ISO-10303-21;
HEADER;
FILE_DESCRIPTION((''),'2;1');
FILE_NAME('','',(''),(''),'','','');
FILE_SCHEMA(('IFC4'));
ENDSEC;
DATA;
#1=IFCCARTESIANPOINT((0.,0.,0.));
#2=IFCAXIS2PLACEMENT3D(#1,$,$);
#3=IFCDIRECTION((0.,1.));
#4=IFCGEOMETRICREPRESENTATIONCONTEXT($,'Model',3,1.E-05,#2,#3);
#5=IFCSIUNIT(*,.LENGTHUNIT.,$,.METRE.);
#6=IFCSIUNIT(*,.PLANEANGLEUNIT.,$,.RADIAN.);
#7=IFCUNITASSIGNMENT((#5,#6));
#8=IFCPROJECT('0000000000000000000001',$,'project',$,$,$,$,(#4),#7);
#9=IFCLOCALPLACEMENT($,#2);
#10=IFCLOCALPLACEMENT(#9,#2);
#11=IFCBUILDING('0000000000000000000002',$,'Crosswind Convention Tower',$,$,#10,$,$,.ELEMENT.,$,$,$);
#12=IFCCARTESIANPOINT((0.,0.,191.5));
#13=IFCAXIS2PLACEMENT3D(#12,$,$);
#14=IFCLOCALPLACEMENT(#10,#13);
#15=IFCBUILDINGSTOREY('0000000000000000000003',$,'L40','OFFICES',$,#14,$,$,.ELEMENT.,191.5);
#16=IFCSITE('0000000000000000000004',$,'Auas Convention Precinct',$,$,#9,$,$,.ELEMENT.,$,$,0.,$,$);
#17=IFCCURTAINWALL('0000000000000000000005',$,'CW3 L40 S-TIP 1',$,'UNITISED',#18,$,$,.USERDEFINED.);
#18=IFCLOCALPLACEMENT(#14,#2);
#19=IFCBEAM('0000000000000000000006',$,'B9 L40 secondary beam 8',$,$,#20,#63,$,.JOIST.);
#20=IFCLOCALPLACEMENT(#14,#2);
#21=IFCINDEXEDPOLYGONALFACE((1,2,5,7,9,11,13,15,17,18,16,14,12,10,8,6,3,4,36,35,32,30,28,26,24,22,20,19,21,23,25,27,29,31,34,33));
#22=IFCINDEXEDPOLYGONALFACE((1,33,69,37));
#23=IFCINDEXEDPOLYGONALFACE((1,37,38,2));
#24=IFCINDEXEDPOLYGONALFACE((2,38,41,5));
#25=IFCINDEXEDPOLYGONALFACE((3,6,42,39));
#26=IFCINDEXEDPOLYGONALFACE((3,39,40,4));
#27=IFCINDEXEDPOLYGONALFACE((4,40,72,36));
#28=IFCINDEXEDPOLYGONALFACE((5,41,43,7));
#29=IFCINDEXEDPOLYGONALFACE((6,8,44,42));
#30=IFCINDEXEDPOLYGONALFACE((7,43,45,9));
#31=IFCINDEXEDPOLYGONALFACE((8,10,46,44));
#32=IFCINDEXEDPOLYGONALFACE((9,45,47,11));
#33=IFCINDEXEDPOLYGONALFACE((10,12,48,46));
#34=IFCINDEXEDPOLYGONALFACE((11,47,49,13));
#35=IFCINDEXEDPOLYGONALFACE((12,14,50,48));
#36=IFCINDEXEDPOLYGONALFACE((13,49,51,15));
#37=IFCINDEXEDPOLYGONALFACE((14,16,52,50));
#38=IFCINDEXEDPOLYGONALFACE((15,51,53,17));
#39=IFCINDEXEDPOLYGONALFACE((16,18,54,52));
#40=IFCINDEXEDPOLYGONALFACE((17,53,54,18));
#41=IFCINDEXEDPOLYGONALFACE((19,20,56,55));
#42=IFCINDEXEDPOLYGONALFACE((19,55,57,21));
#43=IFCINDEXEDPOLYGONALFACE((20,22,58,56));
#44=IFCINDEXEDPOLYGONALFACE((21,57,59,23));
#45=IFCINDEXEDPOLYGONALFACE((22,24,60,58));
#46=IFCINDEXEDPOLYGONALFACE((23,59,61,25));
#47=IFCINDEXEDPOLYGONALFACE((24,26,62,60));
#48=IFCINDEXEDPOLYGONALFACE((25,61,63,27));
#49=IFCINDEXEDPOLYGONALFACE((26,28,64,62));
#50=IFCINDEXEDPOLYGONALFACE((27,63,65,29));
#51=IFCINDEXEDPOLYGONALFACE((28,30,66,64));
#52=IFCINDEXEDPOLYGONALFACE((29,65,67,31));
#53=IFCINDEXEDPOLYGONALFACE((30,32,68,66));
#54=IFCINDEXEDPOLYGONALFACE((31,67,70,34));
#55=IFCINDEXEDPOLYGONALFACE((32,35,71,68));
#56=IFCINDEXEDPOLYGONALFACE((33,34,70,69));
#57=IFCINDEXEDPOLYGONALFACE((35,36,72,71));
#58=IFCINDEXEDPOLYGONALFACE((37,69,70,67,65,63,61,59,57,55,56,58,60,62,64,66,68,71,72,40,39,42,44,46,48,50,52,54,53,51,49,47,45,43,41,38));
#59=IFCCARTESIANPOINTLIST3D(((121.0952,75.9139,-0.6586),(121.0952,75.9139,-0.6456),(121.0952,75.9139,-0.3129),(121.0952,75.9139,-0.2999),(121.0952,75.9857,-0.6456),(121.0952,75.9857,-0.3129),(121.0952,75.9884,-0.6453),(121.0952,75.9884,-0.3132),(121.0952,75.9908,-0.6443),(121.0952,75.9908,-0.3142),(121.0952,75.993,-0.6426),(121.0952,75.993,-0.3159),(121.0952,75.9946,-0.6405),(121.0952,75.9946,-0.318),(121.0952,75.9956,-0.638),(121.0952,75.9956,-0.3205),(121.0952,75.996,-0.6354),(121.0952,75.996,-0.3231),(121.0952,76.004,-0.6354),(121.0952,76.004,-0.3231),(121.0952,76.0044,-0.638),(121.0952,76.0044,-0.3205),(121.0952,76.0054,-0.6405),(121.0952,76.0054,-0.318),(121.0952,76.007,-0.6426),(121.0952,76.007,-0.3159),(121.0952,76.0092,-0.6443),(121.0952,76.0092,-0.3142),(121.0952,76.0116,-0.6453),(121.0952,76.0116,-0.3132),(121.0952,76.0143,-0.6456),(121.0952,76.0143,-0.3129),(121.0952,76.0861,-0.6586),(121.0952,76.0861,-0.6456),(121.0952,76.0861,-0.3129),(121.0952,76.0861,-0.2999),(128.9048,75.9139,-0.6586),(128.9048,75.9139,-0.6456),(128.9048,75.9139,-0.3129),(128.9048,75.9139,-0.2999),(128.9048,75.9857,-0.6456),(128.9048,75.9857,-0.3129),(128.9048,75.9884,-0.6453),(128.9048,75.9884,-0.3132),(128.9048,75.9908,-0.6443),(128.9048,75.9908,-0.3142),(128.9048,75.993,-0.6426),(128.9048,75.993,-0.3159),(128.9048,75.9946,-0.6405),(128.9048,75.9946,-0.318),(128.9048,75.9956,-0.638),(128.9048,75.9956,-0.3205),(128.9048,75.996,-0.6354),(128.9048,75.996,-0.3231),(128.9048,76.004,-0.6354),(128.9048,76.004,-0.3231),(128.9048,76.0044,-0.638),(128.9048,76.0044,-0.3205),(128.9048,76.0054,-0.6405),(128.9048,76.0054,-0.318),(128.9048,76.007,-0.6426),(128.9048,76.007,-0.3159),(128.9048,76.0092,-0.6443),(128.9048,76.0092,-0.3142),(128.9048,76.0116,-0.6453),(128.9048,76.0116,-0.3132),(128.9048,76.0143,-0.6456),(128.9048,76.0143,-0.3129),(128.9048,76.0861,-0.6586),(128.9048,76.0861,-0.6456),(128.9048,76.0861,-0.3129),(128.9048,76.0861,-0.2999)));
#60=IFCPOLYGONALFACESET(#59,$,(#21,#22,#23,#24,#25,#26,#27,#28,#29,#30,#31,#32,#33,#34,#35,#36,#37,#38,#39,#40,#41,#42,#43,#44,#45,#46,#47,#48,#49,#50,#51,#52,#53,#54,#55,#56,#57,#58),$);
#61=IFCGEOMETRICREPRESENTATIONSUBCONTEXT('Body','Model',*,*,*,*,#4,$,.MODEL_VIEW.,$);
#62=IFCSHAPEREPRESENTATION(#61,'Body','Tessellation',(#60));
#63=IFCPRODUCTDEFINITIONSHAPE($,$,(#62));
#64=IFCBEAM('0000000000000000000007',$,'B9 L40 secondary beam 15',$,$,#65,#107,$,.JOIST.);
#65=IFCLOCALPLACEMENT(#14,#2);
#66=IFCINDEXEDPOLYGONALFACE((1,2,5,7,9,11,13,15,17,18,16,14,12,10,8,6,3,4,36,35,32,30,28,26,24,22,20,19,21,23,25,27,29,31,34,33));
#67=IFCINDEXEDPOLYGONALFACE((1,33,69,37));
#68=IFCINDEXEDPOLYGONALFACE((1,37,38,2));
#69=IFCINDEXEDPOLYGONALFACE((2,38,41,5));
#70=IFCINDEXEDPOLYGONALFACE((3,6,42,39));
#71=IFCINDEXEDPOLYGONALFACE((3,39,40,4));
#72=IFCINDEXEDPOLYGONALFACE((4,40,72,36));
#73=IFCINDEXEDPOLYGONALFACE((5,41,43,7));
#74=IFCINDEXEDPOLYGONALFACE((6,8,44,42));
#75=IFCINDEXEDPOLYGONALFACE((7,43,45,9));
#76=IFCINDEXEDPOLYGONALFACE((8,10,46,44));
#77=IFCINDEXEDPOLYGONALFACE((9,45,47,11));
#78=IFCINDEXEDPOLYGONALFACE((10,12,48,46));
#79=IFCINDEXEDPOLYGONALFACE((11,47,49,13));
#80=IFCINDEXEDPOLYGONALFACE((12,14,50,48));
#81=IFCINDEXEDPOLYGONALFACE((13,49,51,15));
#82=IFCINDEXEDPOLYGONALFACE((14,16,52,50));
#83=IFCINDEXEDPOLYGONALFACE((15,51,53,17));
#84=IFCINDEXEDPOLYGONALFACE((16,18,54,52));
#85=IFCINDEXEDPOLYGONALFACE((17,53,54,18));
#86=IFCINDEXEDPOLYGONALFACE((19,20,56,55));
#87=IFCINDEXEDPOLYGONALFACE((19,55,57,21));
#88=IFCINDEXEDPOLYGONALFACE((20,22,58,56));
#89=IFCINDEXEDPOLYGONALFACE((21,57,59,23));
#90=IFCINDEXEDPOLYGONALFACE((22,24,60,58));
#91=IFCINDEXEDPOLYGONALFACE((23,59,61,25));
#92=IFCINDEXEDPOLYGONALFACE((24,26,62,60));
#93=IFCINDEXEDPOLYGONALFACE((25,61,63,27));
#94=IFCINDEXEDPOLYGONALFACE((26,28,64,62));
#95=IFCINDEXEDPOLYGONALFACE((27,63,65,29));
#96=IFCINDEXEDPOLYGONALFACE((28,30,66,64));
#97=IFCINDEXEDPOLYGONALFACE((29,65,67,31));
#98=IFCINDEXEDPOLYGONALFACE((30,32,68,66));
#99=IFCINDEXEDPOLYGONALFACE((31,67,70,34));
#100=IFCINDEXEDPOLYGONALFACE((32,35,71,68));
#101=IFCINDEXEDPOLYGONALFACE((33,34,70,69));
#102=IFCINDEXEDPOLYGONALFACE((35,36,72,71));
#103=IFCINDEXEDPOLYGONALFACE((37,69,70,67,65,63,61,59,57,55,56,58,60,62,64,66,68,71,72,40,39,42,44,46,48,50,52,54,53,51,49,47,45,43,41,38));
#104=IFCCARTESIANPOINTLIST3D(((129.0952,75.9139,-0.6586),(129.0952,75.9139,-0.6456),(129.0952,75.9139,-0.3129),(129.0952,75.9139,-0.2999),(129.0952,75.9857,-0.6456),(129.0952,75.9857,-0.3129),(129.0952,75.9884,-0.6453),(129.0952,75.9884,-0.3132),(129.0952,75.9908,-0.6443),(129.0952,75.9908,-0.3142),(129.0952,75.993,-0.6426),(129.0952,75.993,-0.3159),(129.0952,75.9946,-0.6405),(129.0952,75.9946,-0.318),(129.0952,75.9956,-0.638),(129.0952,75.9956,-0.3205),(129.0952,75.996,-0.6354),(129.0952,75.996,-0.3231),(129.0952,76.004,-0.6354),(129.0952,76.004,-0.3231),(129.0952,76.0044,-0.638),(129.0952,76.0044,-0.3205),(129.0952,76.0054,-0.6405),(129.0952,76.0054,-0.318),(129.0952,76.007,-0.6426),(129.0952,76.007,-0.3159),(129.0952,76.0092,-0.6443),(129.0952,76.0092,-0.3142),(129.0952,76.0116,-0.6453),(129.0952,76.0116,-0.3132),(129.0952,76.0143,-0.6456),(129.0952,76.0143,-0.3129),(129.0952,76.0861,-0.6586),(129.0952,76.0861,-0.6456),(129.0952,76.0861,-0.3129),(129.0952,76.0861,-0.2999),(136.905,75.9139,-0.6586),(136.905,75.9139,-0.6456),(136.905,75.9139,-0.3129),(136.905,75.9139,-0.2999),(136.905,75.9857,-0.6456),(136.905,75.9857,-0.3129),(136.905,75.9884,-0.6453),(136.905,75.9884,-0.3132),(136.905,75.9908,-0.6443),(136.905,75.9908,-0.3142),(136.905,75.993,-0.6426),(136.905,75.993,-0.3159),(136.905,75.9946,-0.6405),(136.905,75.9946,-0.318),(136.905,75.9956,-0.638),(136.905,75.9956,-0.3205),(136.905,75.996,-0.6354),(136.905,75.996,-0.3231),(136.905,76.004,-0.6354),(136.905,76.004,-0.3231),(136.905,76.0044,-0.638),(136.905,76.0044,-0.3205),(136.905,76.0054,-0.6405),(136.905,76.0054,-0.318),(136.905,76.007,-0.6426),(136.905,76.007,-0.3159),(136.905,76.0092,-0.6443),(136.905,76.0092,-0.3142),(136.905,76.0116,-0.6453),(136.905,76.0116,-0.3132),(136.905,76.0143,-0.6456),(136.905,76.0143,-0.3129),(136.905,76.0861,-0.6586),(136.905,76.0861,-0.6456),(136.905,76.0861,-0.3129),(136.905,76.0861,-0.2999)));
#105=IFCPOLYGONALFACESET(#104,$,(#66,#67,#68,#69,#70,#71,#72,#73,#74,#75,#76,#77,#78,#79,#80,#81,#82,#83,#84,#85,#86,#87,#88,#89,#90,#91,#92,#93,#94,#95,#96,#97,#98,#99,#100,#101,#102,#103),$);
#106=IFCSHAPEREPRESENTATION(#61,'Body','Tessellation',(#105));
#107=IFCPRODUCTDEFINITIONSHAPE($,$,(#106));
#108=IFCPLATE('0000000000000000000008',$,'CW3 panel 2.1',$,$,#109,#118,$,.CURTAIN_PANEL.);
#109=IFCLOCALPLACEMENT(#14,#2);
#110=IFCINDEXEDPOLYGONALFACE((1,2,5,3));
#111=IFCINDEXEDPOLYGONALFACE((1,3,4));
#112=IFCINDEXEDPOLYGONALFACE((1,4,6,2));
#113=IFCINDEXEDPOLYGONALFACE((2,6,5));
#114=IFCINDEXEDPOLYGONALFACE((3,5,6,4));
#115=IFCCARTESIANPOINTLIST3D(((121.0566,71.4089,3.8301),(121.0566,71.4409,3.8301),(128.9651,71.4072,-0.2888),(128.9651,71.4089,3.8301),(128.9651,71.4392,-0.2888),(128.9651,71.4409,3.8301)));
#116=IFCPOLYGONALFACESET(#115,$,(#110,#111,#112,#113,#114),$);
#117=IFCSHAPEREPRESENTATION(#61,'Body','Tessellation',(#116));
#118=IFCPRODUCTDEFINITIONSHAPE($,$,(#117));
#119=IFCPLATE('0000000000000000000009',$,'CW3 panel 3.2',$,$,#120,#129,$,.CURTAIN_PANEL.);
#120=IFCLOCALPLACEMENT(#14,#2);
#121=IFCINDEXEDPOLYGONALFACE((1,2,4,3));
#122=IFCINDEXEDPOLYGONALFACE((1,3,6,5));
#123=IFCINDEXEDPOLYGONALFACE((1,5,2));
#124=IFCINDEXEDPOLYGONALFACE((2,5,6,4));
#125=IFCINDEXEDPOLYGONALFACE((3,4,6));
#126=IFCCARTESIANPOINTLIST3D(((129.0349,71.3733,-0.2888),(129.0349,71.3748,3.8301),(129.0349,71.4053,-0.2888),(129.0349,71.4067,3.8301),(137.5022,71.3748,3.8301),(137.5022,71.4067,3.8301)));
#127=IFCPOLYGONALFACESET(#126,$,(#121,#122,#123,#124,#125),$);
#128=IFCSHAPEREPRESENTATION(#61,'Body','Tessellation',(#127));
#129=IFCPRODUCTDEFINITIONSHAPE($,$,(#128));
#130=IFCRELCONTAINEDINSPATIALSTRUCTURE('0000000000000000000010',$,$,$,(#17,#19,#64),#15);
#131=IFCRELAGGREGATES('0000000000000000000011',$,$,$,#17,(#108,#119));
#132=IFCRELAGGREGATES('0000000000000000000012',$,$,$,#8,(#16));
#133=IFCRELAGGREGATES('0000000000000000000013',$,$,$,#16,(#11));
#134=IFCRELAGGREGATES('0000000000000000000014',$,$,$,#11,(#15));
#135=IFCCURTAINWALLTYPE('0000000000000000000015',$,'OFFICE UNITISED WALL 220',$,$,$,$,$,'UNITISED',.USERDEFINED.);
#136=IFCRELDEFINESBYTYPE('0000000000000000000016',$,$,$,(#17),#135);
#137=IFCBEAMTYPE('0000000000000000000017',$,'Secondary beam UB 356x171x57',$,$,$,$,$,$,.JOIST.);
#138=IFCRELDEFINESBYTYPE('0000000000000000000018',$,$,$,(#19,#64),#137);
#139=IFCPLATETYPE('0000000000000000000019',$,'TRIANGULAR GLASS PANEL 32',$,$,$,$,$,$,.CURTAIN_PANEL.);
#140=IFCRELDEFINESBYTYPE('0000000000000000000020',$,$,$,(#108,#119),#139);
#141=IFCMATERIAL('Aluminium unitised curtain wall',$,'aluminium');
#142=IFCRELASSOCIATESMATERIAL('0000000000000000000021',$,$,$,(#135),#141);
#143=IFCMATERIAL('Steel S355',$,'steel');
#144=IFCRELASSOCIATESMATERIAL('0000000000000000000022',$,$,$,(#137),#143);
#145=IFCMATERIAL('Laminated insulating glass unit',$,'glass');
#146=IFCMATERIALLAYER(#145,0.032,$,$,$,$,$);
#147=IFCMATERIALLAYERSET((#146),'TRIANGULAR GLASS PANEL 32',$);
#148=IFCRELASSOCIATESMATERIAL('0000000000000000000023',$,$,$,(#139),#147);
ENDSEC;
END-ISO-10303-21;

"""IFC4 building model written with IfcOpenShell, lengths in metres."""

from ifc_helpers import new_model, si_unit, direction, frame, origin, origin_2d, place, context, subcontext, project, spatial, polyline, i_section, outline, extrude, material, layer, layer_set, material_profile, profile_set, type_object, element, aggregate, save


model = new_model("IFC4")

# Units and contexts
model_context = context("Model", 3, precision=1e-05, world=origin(), true_north=direction((0.0, 1.0)))
body_context = subcontext(model_context, "Body", "Model", "MODEL_VIEW")
ifc_project = project(units=[si_unit("LENGTHUNIT", "METRE"), si_unit("PLANEANGLEUNIT", "RADIAN")], contexts=[model_context])

# Site, building, storey
site_placement = place(None, origin())
site = spatial("IfcSite", under=ifc_project, at=site_placement, Name="Auas Convention Precinct", CompositionType="ELEMENT", RefElevation=0.0)
building_placement = place(site_placement, origin())
building = spatial("IfcBuilding", under=site, at=building_placement, Name="Crosswind Convention Tower", CompositionType="ELEMENT")
storey_placement = place(building_placement, frame((0.0, 0.0, 191.5)))
storey = spatial("IfcBuildingStorey", under=building, at=storey_placement, Name="L40", Description="OFFICES", CompositionType="ELEMENT", Elevation=191.5)

# Shared definitions
ifc_material_1 = material(Name="Steel S355", Category="steel")

# Curtain wall
ifc_material_2 = material(Name="Aluminium unitised curtain wall", Category="aluminium")
curtain_wall_type = type_object("IfcCurtainWallType", Name="OFFICE UNITISED WALL 220", ElementType="UNITISED", PredefinedType="USERDEFINED", material=ifc_material_2)
curtain_wall_placement = place(storey_placement, origin())
curtain_wall = element("IfcCurtainWall", 1, at=curtain_wall_placement, inside=storey, type_object=curtain_wall_type, Name="CW3 L40 S-TIP 1", ObjectType="UNITISED", PredefinedType="USERDEFINED")

# Beams
ifc_material_profile_1 = material_profile(ifc_material_1, i_section(OverallWidth=0.1721, OverallDepth=0.3586, WebThickness=0.0081, FlangeThickness=0.0129, FilletRadius=0.0103, at=origin_2d()), Name="UB 356x171x57")
ifc_profile_set_1 = profile_set([ifc_material_profile_1], Name="Steel S355")
beam_type_1 = type_object("IfcBeamType", Name="Secondary beam UB 356x171x57", PredefinedType="JOIST", material=ifc_profile_set_1)
beam_1_placement = place(storey_placement, frame((121.0952, 76.0, -0.4792), z_axis=(1.0, 0.0, 0.0), x_axis=(0.0, 1.0, 0.0)))
element("IfcBeam", 2, at=beam_1_placement, inside=storey, type_object=beam_type_1, Name="B9 L40 secondary beam 8", PredefinedType="JOIST", context=body_context, shape_type="SweptSolid", body=[
    extrude(i_section(OverallWidth=0.1721, OverallDepth=0.3586, WebThickness=0.0081, FlangeThickness=0.0129, FilletRadius=0.0103, at=origin_2d()), origin(), (0.0, 0.0, 1.0), 7.8096),
])
beam_2_placement = place(storey_placement, frame((129.0952, 76.0, -0.4792), z_axis=(1.0, 0.0, 0.0), x_axis=(0.0, 1.0, 0.0)))
element("IfcBeam", 3, at=beam_2_placement, inside=storey, type_object=beam_type_1, Name="B9 L40 secondary beam 15", PredefinedType="JOIST", context=body_context, shape_type="SweptSolid", body=[
    extrude(i_section(OverallWidth=0.1721, OverallDepth=0.3586, WebThickness=0.0081, FlangeThickness=0.0129, FilletRadius=0.0103, at=origin_2d()), origin(), (0.0, 0.0, 1.0), 7.8098),
])

# Plates
ifc_material_3 = material(Name="Laminated insulating glass unit", Category="glass")
ifc_layer_1 = layer(ifc_material_3, 0.032)
ifc_layer_set_1 = layer_set([ifc_layer_1], Name="TRIANGULAR GLASS PANEL 32")
plate_type = type_object("IfcPlateType", Name="TRIANGULAR GLASS PANEL 32", PredefinedType="CURTAIN_PANEL", material=ifc_layer_set_1)
plate_1_placement = place(storey_placement, frame((128.9651, 71.4089, 3.8301), z_axis=(0.0, -1.0, 0.000415), x_axis=(-1.0, 0.0, 0.0)))
plate_1 = element("IfcPlate", 4, at=plate_1_placement, type_object=plate_type, Name="CW3 panel 2.1", PredefinedType="CURTAIN_PANEL", context=body_context, shape_type="SweptSolid", body=[
    extrude(outline(polyline([(0.0, 0.0), (7.9084, 0.0), (0.0, 4.1189), (0.0, 0.0)])), origin(), (0.0, 0.0, -1.0), 0.032),
])
plate_2_placement = place(storey_placement, frame((129.0349, 71.3748, 3.8301), z_axis=(0.0, -1.0, 0.000356), x_axis=(0.0, -0.000356, -1.0)))
plate_2 = element("IfcPlate", 5, at=plate_2_placement, type_object=plate_type, Name="CW3 panel 3.2", PredefinedType="CURTAIN_PANEL", context=body_context, shape_type="SweptSolid", body=[
    extrude(outline(polyline([(0.0, 0.0), (4.1189, 0.0), (0.0, 8.4673), (0.0, 0.0)])), origin(), (0.0, 0.0, -1.0), 0.032),
])
aggregate(curtain_wall, [plate_1, plate_2])

save(model, "model.ifc")
